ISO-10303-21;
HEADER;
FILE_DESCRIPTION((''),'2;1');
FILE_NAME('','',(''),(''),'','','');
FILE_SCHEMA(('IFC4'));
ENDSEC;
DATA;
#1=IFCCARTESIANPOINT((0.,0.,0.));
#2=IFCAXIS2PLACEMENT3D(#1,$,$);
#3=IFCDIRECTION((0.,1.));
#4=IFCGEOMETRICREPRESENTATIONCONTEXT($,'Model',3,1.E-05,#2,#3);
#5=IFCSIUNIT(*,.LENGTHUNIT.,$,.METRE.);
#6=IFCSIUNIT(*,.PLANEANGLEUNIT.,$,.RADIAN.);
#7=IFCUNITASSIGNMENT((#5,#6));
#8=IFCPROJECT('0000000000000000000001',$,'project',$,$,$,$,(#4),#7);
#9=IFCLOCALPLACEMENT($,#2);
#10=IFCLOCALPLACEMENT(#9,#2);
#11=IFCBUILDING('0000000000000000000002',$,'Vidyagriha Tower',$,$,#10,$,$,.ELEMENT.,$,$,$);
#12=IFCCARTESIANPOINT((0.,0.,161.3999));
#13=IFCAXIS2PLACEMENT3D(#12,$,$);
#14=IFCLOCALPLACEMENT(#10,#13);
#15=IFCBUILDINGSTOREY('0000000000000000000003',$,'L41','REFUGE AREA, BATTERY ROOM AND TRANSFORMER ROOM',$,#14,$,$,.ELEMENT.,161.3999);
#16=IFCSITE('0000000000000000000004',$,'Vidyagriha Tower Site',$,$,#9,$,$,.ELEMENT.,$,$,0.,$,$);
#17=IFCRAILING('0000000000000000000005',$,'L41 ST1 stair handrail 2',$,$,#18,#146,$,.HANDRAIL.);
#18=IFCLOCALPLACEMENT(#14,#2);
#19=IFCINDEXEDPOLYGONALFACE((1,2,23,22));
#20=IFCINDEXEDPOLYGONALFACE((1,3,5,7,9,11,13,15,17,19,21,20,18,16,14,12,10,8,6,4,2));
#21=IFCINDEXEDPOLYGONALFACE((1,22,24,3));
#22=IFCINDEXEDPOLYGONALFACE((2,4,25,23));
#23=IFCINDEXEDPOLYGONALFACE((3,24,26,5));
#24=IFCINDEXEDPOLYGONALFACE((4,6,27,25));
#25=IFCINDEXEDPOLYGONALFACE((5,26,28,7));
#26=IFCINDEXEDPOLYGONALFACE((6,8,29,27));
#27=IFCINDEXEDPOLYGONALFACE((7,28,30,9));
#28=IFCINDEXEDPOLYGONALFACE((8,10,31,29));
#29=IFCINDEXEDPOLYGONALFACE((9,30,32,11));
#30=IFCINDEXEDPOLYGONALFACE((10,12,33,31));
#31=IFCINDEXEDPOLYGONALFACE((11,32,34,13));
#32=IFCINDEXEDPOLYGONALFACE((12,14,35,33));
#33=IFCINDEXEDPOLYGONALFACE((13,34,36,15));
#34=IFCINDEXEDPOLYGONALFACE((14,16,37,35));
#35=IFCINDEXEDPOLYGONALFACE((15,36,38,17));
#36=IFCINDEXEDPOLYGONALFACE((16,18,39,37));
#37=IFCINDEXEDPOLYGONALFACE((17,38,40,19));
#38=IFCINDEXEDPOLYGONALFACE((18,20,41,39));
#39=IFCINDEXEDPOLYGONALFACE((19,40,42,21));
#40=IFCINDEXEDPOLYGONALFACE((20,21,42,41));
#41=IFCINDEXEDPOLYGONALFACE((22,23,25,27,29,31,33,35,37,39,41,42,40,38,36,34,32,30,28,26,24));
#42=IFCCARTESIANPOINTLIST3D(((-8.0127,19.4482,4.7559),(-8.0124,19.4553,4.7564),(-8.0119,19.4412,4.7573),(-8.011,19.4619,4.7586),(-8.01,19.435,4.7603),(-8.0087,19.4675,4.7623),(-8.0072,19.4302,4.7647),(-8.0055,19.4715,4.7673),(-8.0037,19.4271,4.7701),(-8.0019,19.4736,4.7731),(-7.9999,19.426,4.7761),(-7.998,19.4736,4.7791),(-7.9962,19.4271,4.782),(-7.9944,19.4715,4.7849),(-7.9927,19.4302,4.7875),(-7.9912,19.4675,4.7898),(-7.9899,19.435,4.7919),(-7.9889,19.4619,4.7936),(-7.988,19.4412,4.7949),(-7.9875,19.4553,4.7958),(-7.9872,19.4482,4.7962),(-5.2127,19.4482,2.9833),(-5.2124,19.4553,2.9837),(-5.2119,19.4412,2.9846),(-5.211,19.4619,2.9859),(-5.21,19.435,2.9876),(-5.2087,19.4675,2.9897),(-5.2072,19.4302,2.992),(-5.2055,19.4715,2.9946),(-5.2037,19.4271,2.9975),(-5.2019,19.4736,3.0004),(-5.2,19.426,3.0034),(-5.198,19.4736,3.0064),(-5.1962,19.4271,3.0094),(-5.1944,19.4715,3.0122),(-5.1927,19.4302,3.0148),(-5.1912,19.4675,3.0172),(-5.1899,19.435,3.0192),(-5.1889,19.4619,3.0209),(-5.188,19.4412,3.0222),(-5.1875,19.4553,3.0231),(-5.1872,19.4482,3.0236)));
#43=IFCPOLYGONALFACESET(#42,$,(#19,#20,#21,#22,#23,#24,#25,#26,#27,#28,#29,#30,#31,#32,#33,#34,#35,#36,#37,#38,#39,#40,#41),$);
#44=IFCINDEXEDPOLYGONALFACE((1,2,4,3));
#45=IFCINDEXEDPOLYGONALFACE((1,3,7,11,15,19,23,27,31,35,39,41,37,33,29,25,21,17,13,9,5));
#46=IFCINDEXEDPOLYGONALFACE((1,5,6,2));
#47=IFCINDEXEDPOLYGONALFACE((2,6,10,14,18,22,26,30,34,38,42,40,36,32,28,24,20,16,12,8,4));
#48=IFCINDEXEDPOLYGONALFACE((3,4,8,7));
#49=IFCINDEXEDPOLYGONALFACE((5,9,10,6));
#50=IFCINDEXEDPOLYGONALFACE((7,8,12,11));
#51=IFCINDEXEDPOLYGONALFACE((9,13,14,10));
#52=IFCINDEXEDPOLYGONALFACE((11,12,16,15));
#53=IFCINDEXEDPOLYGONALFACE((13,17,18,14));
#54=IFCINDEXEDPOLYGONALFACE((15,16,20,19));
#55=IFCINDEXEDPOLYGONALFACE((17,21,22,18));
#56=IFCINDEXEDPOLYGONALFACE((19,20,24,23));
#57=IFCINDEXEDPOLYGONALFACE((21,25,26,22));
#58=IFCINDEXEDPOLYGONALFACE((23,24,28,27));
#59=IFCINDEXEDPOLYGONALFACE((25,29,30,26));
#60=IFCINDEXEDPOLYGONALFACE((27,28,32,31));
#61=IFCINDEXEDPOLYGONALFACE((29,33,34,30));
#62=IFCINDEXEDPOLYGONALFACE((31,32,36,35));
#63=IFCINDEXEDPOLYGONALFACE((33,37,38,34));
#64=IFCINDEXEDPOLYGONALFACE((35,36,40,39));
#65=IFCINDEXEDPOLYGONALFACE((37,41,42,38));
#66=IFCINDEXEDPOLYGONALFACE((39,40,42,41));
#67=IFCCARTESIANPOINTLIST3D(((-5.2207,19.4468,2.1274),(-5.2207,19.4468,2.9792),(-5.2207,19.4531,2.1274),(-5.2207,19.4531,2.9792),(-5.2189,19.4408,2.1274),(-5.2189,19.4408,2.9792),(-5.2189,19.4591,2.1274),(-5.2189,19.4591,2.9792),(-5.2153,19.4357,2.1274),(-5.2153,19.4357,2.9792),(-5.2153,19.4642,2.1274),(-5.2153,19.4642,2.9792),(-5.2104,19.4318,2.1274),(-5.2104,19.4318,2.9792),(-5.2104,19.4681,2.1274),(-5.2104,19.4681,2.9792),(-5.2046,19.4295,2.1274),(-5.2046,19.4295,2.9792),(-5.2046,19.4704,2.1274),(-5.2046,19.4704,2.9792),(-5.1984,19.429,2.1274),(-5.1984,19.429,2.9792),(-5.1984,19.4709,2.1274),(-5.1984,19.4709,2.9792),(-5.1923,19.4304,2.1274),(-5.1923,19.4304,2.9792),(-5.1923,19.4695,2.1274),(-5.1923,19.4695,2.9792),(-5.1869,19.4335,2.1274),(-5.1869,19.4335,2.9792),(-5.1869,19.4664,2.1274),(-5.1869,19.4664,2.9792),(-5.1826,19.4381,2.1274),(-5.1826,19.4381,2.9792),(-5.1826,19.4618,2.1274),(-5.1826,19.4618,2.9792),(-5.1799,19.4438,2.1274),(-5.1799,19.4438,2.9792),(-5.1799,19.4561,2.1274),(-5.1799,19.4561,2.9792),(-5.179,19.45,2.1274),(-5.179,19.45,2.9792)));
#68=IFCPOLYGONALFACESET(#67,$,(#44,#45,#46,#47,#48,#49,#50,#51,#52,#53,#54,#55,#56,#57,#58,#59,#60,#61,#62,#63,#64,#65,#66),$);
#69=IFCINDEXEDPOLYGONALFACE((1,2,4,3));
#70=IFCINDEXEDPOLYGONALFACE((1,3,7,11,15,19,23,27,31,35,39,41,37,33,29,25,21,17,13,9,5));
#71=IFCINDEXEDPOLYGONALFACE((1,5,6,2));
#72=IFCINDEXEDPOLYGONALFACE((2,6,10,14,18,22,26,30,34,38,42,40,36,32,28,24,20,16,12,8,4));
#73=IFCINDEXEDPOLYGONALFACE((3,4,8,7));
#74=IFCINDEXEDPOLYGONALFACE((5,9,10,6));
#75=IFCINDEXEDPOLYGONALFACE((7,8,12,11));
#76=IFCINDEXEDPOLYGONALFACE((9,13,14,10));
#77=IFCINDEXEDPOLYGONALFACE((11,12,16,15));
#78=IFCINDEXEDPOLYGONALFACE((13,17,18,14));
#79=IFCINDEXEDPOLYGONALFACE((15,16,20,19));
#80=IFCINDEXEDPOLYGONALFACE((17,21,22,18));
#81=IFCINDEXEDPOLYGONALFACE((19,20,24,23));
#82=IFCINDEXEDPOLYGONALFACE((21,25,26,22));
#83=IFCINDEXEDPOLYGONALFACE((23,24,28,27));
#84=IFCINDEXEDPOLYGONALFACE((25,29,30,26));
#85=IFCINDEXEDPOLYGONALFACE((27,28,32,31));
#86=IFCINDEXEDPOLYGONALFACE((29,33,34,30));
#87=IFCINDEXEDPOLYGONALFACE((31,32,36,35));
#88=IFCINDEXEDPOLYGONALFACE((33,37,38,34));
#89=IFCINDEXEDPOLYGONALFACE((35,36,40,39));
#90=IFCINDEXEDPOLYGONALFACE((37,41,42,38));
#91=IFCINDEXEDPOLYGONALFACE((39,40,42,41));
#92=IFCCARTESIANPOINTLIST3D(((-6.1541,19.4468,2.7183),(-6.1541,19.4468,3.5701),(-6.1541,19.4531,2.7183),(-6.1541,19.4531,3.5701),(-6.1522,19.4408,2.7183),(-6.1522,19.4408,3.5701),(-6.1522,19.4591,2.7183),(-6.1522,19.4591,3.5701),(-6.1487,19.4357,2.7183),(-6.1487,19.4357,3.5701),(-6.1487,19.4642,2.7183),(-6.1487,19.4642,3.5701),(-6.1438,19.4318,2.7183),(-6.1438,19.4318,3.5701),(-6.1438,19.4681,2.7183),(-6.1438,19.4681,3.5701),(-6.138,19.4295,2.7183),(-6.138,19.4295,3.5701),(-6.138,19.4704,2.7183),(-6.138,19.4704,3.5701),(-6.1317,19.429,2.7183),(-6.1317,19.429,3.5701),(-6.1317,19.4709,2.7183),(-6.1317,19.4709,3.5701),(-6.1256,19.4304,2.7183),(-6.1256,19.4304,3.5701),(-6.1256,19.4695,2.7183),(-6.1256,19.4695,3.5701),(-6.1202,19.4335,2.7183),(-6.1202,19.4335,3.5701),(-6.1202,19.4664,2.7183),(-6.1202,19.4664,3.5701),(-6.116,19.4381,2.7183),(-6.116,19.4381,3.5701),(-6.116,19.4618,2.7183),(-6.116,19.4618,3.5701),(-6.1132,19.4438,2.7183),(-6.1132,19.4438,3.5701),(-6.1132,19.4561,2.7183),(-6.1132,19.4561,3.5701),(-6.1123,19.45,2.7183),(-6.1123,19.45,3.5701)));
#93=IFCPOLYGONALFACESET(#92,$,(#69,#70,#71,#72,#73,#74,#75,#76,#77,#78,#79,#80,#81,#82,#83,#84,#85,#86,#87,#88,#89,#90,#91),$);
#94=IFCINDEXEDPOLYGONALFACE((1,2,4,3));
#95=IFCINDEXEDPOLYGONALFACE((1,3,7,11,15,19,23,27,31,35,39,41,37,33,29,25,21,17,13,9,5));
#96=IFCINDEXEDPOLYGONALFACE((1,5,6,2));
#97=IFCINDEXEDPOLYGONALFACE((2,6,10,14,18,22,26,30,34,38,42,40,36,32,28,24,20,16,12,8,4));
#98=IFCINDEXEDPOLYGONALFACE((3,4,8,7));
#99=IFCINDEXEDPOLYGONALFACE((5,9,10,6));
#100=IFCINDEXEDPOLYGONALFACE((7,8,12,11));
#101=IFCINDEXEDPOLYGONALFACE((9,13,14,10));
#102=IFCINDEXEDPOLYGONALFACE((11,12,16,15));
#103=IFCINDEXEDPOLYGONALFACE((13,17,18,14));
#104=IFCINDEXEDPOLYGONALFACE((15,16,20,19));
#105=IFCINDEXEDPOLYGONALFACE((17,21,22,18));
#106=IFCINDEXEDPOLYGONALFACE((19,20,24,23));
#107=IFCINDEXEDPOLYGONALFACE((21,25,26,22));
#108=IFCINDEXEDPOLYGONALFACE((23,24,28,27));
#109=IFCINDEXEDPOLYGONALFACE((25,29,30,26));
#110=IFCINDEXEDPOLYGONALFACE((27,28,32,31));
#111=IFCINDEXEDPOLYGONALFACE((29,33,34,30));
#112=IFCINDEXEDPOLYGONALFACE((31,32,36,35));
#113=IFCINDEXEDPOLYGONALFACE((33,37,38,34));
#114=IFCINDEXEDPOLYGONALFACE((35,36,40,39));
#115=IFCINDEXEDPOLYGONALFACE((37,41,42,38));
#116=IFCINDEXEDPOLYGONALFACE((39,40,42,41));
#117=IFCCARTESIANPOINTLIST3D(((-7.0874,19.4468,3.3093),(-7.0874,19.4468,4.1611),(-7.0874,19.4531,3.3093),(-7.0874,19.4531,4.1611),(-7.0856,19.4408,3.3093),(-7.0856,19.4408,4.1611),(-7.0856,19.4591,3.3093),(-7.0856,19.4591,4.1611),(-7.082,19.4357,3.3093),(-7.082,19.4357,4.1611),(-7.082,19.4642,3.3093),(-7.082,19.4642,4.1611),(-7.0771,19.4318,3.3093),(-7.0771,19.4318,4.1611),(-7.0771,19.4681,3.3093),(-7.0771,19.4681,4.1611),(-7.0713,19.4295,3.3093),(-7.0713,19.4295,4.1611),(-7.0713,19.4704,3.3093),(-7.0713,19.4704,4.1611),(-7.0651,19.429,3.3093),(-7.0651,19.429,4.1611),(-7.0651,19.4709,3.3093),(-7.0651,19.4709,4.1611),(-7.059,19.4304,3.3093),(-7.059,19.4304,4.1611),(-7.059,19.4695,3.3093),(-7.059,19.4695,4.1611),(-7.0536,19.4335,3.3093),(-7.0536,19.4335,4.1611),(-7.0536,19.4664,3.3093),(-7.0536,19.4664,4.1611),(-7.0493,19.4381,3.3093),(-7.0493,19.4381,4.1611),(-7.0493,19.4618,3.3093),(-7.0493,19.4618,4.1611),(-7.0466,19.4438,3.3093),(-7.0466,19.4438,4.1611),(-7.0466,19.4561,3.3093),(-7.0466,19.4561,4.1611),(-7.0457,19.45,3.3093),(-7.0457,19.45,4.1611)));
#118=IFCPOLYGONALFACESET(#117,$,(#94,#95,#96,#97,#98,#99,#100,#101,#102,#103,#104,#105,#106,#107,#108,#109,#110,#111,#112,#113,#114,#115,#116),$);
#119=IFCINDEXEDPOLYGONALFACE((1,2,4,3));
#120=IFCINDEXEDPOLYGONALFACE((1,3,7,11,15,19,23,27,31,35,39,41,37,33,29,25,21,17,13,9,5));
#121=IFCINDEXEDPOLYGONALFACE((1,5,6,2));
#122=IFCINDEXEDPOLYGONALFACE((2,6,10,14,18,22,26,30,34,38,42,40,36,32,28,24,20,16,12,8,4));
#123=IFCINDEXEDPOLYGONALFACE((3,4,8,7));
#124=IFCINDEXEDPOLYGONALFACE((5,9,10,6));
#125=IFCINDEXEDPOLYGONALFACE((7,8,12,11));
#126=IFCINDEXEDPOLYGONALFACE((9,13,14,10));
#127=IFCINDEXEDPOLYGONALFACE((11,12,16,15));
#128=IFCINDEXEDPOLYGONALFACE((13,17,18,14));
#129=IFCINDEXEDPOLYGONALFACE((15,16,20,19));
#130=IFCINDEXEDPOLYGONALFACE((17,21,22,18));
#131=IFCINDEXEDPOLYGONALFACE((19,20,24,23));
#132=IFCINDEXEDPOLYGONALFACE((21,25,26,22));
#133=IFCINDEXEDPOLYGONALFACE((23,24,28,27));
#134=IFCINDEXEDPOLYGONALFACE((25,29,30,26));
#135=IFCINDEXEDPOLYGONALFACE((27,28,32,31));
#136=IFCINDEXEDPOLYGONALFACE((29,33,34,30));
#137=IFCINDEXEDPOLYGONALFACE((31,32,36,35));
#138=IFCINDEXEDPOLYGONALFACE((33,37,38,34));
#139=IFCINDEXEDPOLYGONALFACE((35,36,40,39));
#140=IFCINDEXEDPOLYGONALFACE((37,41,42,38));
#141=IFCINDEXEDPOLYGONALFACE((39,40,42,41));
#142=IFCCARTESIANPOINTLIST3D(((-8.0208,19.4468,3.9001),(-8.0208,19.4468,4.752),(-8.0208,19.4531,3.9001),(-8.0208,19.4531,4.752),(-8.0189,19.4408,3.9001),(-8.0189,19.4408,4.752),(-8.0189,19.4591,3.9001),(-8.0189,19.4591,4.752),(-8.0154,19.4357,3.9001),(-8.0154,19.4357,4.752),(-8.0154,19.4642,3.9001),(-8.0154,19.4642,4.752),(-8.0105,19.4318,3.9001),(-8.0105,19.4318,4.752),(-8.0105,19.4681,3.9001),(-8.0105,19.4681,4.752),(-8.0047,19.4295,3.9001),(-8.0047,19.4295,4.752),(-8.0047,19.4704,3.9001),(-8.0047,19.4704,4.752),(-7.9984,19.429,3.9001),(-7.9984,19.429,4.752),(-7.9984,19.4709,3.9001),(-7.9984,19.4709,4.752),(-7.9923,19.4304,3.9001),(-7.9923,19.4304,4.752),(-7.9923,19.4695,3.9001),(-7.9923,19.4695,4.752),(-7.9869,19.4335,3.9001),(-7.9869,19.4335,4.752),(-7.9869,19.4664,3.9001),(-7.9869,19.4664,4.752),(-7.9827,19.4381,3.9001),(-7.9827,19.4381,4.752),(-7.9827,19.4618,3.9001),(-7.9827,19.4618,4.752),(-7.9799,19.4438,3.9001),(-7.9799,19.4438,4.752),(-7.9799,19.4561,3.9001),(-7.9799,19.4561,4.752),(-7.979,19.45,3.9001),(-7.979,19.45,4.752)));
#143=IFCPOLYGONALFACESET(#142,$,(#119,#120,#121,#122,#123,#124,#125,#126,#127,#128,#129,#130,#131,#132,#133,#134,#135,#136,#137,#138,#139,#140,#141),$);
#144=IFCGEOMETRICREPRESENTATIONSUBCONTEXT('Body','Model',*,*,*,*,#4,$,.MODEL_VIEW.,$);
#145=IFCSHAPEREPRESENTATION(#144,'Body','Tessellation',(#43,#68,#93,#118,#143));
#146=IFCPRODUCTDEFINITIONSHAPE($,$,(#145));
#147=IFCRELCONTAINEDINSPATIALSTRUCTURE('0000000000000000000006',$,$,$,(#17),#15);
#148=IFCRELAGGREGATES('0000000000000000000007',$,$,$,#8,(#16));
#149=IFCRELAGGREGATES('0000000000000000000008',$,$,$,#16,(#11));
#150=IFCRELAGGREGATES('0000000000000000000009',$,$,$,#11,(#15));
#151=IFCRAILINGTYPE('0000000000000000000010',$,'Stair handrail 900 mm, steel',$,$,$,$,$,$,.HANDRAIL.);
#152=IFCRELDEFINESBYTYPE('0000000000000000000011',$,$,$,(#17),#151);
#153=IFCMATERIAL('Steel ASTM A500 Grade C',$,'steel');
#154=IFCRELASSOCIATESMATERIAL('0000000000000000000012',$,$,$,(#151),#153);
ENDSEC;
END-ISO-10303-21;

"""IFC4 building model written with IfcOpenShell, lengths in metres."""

from ifc_helpers import new_model, si_unit, direction, frame, origin, origin_2d, place, context, subcontext, project, spatial, circle, extrude, material, type_object, element, save


model = new_model("IFC4")

# Units and contexts
model_context = context("Model", 3, precision=1e-05, world=origin(), true_north=direction((0.0, 1.0)))
body_context = subcontext(model_context, "Body", "Model", "MODEL_VIEW")
ifc_project = project(units=[si_unit("LENGTHUNIT", "METRE"), si_unit("PLANEANGLEUNIT", "RADIAN")], contexts=[model_context])

# Site, building, storey
site_placement = place(None, origin())
site = spatial("IfcSite", under=ifc_project, at=site_placement, Name="Vidyagriha Tower Site", CompositionType="ELEMENT", RefElevation=0.0)
building_placement = place(site_placement, origin())
building = spatial("IfcBuilding", under=site, at=building_placement, Name="Vidyagriha Tower", CompositionType="ELEMENT")
storey_placement = place(building_placement, frame((0.0, 0.0, 161.3999)))
storey = spatial("IfcBuildingStorey", under=building, at=storey_placement, Name="L41", Description="REFUGE AREA, BATTERY ROOM AND TRANSFORMER ROOM", CompositionType="ELEMENT", Elevation=161.3999)

# Railing
ifc_material_1 = material(Name="Steel ASTM A500 Grade C", Category="steel")
railing_type_1 = type_object("IfcRailingType", Name="Stair handrail 900 mm, steel", PredefinedType="HANDRAIL", material=ifc_material_1)
railing_1_placement = place(storey_placement, frame((-5.2, 19.45, 2.1274)))
element("IfcRailing", 1, at=railing_1_placement, inside=storey, type_object=railing_type_1, Name="L41 ST1 stair handrail 2", PredefinedType="HANDRAIL", context=body_context, shape_type="SweptSolid", body=[
    extrude(circle(Radius=0.0239, at=origin_2d()), frame((0.0, 0.0, 0.876), z_axis=(-0.844909, 0.0, 0.53491), x_axis=(0.0, -1.0, 0.0)), (0.0, 0.0, 1.0), 3.314),
    extrude(circle(Radius=0.021, at=origin_2d()), origin(), (0.0, 0.0, 1.0), 0.8518),
    extrude(circle(Radius=0.021, at=origin_2d()), frame((-0.9333, 0.0, 0.5908)), (0.0, 0.0, 1.0), 0.8518),
    extrude(circle(Radius=0.021, at=origin_2d()), frame((-1.8667, 0.0, 1.1819)), (0.0, 0.0, 1.0), 0.8518),
    extrude(circle(Radius=0.021, at=origin_2d()), frame((-2.8, 0.0, 1.7727)), (0.0, 0.0, 1.0), 0.8518),
])

save(model, "model.ifc")
